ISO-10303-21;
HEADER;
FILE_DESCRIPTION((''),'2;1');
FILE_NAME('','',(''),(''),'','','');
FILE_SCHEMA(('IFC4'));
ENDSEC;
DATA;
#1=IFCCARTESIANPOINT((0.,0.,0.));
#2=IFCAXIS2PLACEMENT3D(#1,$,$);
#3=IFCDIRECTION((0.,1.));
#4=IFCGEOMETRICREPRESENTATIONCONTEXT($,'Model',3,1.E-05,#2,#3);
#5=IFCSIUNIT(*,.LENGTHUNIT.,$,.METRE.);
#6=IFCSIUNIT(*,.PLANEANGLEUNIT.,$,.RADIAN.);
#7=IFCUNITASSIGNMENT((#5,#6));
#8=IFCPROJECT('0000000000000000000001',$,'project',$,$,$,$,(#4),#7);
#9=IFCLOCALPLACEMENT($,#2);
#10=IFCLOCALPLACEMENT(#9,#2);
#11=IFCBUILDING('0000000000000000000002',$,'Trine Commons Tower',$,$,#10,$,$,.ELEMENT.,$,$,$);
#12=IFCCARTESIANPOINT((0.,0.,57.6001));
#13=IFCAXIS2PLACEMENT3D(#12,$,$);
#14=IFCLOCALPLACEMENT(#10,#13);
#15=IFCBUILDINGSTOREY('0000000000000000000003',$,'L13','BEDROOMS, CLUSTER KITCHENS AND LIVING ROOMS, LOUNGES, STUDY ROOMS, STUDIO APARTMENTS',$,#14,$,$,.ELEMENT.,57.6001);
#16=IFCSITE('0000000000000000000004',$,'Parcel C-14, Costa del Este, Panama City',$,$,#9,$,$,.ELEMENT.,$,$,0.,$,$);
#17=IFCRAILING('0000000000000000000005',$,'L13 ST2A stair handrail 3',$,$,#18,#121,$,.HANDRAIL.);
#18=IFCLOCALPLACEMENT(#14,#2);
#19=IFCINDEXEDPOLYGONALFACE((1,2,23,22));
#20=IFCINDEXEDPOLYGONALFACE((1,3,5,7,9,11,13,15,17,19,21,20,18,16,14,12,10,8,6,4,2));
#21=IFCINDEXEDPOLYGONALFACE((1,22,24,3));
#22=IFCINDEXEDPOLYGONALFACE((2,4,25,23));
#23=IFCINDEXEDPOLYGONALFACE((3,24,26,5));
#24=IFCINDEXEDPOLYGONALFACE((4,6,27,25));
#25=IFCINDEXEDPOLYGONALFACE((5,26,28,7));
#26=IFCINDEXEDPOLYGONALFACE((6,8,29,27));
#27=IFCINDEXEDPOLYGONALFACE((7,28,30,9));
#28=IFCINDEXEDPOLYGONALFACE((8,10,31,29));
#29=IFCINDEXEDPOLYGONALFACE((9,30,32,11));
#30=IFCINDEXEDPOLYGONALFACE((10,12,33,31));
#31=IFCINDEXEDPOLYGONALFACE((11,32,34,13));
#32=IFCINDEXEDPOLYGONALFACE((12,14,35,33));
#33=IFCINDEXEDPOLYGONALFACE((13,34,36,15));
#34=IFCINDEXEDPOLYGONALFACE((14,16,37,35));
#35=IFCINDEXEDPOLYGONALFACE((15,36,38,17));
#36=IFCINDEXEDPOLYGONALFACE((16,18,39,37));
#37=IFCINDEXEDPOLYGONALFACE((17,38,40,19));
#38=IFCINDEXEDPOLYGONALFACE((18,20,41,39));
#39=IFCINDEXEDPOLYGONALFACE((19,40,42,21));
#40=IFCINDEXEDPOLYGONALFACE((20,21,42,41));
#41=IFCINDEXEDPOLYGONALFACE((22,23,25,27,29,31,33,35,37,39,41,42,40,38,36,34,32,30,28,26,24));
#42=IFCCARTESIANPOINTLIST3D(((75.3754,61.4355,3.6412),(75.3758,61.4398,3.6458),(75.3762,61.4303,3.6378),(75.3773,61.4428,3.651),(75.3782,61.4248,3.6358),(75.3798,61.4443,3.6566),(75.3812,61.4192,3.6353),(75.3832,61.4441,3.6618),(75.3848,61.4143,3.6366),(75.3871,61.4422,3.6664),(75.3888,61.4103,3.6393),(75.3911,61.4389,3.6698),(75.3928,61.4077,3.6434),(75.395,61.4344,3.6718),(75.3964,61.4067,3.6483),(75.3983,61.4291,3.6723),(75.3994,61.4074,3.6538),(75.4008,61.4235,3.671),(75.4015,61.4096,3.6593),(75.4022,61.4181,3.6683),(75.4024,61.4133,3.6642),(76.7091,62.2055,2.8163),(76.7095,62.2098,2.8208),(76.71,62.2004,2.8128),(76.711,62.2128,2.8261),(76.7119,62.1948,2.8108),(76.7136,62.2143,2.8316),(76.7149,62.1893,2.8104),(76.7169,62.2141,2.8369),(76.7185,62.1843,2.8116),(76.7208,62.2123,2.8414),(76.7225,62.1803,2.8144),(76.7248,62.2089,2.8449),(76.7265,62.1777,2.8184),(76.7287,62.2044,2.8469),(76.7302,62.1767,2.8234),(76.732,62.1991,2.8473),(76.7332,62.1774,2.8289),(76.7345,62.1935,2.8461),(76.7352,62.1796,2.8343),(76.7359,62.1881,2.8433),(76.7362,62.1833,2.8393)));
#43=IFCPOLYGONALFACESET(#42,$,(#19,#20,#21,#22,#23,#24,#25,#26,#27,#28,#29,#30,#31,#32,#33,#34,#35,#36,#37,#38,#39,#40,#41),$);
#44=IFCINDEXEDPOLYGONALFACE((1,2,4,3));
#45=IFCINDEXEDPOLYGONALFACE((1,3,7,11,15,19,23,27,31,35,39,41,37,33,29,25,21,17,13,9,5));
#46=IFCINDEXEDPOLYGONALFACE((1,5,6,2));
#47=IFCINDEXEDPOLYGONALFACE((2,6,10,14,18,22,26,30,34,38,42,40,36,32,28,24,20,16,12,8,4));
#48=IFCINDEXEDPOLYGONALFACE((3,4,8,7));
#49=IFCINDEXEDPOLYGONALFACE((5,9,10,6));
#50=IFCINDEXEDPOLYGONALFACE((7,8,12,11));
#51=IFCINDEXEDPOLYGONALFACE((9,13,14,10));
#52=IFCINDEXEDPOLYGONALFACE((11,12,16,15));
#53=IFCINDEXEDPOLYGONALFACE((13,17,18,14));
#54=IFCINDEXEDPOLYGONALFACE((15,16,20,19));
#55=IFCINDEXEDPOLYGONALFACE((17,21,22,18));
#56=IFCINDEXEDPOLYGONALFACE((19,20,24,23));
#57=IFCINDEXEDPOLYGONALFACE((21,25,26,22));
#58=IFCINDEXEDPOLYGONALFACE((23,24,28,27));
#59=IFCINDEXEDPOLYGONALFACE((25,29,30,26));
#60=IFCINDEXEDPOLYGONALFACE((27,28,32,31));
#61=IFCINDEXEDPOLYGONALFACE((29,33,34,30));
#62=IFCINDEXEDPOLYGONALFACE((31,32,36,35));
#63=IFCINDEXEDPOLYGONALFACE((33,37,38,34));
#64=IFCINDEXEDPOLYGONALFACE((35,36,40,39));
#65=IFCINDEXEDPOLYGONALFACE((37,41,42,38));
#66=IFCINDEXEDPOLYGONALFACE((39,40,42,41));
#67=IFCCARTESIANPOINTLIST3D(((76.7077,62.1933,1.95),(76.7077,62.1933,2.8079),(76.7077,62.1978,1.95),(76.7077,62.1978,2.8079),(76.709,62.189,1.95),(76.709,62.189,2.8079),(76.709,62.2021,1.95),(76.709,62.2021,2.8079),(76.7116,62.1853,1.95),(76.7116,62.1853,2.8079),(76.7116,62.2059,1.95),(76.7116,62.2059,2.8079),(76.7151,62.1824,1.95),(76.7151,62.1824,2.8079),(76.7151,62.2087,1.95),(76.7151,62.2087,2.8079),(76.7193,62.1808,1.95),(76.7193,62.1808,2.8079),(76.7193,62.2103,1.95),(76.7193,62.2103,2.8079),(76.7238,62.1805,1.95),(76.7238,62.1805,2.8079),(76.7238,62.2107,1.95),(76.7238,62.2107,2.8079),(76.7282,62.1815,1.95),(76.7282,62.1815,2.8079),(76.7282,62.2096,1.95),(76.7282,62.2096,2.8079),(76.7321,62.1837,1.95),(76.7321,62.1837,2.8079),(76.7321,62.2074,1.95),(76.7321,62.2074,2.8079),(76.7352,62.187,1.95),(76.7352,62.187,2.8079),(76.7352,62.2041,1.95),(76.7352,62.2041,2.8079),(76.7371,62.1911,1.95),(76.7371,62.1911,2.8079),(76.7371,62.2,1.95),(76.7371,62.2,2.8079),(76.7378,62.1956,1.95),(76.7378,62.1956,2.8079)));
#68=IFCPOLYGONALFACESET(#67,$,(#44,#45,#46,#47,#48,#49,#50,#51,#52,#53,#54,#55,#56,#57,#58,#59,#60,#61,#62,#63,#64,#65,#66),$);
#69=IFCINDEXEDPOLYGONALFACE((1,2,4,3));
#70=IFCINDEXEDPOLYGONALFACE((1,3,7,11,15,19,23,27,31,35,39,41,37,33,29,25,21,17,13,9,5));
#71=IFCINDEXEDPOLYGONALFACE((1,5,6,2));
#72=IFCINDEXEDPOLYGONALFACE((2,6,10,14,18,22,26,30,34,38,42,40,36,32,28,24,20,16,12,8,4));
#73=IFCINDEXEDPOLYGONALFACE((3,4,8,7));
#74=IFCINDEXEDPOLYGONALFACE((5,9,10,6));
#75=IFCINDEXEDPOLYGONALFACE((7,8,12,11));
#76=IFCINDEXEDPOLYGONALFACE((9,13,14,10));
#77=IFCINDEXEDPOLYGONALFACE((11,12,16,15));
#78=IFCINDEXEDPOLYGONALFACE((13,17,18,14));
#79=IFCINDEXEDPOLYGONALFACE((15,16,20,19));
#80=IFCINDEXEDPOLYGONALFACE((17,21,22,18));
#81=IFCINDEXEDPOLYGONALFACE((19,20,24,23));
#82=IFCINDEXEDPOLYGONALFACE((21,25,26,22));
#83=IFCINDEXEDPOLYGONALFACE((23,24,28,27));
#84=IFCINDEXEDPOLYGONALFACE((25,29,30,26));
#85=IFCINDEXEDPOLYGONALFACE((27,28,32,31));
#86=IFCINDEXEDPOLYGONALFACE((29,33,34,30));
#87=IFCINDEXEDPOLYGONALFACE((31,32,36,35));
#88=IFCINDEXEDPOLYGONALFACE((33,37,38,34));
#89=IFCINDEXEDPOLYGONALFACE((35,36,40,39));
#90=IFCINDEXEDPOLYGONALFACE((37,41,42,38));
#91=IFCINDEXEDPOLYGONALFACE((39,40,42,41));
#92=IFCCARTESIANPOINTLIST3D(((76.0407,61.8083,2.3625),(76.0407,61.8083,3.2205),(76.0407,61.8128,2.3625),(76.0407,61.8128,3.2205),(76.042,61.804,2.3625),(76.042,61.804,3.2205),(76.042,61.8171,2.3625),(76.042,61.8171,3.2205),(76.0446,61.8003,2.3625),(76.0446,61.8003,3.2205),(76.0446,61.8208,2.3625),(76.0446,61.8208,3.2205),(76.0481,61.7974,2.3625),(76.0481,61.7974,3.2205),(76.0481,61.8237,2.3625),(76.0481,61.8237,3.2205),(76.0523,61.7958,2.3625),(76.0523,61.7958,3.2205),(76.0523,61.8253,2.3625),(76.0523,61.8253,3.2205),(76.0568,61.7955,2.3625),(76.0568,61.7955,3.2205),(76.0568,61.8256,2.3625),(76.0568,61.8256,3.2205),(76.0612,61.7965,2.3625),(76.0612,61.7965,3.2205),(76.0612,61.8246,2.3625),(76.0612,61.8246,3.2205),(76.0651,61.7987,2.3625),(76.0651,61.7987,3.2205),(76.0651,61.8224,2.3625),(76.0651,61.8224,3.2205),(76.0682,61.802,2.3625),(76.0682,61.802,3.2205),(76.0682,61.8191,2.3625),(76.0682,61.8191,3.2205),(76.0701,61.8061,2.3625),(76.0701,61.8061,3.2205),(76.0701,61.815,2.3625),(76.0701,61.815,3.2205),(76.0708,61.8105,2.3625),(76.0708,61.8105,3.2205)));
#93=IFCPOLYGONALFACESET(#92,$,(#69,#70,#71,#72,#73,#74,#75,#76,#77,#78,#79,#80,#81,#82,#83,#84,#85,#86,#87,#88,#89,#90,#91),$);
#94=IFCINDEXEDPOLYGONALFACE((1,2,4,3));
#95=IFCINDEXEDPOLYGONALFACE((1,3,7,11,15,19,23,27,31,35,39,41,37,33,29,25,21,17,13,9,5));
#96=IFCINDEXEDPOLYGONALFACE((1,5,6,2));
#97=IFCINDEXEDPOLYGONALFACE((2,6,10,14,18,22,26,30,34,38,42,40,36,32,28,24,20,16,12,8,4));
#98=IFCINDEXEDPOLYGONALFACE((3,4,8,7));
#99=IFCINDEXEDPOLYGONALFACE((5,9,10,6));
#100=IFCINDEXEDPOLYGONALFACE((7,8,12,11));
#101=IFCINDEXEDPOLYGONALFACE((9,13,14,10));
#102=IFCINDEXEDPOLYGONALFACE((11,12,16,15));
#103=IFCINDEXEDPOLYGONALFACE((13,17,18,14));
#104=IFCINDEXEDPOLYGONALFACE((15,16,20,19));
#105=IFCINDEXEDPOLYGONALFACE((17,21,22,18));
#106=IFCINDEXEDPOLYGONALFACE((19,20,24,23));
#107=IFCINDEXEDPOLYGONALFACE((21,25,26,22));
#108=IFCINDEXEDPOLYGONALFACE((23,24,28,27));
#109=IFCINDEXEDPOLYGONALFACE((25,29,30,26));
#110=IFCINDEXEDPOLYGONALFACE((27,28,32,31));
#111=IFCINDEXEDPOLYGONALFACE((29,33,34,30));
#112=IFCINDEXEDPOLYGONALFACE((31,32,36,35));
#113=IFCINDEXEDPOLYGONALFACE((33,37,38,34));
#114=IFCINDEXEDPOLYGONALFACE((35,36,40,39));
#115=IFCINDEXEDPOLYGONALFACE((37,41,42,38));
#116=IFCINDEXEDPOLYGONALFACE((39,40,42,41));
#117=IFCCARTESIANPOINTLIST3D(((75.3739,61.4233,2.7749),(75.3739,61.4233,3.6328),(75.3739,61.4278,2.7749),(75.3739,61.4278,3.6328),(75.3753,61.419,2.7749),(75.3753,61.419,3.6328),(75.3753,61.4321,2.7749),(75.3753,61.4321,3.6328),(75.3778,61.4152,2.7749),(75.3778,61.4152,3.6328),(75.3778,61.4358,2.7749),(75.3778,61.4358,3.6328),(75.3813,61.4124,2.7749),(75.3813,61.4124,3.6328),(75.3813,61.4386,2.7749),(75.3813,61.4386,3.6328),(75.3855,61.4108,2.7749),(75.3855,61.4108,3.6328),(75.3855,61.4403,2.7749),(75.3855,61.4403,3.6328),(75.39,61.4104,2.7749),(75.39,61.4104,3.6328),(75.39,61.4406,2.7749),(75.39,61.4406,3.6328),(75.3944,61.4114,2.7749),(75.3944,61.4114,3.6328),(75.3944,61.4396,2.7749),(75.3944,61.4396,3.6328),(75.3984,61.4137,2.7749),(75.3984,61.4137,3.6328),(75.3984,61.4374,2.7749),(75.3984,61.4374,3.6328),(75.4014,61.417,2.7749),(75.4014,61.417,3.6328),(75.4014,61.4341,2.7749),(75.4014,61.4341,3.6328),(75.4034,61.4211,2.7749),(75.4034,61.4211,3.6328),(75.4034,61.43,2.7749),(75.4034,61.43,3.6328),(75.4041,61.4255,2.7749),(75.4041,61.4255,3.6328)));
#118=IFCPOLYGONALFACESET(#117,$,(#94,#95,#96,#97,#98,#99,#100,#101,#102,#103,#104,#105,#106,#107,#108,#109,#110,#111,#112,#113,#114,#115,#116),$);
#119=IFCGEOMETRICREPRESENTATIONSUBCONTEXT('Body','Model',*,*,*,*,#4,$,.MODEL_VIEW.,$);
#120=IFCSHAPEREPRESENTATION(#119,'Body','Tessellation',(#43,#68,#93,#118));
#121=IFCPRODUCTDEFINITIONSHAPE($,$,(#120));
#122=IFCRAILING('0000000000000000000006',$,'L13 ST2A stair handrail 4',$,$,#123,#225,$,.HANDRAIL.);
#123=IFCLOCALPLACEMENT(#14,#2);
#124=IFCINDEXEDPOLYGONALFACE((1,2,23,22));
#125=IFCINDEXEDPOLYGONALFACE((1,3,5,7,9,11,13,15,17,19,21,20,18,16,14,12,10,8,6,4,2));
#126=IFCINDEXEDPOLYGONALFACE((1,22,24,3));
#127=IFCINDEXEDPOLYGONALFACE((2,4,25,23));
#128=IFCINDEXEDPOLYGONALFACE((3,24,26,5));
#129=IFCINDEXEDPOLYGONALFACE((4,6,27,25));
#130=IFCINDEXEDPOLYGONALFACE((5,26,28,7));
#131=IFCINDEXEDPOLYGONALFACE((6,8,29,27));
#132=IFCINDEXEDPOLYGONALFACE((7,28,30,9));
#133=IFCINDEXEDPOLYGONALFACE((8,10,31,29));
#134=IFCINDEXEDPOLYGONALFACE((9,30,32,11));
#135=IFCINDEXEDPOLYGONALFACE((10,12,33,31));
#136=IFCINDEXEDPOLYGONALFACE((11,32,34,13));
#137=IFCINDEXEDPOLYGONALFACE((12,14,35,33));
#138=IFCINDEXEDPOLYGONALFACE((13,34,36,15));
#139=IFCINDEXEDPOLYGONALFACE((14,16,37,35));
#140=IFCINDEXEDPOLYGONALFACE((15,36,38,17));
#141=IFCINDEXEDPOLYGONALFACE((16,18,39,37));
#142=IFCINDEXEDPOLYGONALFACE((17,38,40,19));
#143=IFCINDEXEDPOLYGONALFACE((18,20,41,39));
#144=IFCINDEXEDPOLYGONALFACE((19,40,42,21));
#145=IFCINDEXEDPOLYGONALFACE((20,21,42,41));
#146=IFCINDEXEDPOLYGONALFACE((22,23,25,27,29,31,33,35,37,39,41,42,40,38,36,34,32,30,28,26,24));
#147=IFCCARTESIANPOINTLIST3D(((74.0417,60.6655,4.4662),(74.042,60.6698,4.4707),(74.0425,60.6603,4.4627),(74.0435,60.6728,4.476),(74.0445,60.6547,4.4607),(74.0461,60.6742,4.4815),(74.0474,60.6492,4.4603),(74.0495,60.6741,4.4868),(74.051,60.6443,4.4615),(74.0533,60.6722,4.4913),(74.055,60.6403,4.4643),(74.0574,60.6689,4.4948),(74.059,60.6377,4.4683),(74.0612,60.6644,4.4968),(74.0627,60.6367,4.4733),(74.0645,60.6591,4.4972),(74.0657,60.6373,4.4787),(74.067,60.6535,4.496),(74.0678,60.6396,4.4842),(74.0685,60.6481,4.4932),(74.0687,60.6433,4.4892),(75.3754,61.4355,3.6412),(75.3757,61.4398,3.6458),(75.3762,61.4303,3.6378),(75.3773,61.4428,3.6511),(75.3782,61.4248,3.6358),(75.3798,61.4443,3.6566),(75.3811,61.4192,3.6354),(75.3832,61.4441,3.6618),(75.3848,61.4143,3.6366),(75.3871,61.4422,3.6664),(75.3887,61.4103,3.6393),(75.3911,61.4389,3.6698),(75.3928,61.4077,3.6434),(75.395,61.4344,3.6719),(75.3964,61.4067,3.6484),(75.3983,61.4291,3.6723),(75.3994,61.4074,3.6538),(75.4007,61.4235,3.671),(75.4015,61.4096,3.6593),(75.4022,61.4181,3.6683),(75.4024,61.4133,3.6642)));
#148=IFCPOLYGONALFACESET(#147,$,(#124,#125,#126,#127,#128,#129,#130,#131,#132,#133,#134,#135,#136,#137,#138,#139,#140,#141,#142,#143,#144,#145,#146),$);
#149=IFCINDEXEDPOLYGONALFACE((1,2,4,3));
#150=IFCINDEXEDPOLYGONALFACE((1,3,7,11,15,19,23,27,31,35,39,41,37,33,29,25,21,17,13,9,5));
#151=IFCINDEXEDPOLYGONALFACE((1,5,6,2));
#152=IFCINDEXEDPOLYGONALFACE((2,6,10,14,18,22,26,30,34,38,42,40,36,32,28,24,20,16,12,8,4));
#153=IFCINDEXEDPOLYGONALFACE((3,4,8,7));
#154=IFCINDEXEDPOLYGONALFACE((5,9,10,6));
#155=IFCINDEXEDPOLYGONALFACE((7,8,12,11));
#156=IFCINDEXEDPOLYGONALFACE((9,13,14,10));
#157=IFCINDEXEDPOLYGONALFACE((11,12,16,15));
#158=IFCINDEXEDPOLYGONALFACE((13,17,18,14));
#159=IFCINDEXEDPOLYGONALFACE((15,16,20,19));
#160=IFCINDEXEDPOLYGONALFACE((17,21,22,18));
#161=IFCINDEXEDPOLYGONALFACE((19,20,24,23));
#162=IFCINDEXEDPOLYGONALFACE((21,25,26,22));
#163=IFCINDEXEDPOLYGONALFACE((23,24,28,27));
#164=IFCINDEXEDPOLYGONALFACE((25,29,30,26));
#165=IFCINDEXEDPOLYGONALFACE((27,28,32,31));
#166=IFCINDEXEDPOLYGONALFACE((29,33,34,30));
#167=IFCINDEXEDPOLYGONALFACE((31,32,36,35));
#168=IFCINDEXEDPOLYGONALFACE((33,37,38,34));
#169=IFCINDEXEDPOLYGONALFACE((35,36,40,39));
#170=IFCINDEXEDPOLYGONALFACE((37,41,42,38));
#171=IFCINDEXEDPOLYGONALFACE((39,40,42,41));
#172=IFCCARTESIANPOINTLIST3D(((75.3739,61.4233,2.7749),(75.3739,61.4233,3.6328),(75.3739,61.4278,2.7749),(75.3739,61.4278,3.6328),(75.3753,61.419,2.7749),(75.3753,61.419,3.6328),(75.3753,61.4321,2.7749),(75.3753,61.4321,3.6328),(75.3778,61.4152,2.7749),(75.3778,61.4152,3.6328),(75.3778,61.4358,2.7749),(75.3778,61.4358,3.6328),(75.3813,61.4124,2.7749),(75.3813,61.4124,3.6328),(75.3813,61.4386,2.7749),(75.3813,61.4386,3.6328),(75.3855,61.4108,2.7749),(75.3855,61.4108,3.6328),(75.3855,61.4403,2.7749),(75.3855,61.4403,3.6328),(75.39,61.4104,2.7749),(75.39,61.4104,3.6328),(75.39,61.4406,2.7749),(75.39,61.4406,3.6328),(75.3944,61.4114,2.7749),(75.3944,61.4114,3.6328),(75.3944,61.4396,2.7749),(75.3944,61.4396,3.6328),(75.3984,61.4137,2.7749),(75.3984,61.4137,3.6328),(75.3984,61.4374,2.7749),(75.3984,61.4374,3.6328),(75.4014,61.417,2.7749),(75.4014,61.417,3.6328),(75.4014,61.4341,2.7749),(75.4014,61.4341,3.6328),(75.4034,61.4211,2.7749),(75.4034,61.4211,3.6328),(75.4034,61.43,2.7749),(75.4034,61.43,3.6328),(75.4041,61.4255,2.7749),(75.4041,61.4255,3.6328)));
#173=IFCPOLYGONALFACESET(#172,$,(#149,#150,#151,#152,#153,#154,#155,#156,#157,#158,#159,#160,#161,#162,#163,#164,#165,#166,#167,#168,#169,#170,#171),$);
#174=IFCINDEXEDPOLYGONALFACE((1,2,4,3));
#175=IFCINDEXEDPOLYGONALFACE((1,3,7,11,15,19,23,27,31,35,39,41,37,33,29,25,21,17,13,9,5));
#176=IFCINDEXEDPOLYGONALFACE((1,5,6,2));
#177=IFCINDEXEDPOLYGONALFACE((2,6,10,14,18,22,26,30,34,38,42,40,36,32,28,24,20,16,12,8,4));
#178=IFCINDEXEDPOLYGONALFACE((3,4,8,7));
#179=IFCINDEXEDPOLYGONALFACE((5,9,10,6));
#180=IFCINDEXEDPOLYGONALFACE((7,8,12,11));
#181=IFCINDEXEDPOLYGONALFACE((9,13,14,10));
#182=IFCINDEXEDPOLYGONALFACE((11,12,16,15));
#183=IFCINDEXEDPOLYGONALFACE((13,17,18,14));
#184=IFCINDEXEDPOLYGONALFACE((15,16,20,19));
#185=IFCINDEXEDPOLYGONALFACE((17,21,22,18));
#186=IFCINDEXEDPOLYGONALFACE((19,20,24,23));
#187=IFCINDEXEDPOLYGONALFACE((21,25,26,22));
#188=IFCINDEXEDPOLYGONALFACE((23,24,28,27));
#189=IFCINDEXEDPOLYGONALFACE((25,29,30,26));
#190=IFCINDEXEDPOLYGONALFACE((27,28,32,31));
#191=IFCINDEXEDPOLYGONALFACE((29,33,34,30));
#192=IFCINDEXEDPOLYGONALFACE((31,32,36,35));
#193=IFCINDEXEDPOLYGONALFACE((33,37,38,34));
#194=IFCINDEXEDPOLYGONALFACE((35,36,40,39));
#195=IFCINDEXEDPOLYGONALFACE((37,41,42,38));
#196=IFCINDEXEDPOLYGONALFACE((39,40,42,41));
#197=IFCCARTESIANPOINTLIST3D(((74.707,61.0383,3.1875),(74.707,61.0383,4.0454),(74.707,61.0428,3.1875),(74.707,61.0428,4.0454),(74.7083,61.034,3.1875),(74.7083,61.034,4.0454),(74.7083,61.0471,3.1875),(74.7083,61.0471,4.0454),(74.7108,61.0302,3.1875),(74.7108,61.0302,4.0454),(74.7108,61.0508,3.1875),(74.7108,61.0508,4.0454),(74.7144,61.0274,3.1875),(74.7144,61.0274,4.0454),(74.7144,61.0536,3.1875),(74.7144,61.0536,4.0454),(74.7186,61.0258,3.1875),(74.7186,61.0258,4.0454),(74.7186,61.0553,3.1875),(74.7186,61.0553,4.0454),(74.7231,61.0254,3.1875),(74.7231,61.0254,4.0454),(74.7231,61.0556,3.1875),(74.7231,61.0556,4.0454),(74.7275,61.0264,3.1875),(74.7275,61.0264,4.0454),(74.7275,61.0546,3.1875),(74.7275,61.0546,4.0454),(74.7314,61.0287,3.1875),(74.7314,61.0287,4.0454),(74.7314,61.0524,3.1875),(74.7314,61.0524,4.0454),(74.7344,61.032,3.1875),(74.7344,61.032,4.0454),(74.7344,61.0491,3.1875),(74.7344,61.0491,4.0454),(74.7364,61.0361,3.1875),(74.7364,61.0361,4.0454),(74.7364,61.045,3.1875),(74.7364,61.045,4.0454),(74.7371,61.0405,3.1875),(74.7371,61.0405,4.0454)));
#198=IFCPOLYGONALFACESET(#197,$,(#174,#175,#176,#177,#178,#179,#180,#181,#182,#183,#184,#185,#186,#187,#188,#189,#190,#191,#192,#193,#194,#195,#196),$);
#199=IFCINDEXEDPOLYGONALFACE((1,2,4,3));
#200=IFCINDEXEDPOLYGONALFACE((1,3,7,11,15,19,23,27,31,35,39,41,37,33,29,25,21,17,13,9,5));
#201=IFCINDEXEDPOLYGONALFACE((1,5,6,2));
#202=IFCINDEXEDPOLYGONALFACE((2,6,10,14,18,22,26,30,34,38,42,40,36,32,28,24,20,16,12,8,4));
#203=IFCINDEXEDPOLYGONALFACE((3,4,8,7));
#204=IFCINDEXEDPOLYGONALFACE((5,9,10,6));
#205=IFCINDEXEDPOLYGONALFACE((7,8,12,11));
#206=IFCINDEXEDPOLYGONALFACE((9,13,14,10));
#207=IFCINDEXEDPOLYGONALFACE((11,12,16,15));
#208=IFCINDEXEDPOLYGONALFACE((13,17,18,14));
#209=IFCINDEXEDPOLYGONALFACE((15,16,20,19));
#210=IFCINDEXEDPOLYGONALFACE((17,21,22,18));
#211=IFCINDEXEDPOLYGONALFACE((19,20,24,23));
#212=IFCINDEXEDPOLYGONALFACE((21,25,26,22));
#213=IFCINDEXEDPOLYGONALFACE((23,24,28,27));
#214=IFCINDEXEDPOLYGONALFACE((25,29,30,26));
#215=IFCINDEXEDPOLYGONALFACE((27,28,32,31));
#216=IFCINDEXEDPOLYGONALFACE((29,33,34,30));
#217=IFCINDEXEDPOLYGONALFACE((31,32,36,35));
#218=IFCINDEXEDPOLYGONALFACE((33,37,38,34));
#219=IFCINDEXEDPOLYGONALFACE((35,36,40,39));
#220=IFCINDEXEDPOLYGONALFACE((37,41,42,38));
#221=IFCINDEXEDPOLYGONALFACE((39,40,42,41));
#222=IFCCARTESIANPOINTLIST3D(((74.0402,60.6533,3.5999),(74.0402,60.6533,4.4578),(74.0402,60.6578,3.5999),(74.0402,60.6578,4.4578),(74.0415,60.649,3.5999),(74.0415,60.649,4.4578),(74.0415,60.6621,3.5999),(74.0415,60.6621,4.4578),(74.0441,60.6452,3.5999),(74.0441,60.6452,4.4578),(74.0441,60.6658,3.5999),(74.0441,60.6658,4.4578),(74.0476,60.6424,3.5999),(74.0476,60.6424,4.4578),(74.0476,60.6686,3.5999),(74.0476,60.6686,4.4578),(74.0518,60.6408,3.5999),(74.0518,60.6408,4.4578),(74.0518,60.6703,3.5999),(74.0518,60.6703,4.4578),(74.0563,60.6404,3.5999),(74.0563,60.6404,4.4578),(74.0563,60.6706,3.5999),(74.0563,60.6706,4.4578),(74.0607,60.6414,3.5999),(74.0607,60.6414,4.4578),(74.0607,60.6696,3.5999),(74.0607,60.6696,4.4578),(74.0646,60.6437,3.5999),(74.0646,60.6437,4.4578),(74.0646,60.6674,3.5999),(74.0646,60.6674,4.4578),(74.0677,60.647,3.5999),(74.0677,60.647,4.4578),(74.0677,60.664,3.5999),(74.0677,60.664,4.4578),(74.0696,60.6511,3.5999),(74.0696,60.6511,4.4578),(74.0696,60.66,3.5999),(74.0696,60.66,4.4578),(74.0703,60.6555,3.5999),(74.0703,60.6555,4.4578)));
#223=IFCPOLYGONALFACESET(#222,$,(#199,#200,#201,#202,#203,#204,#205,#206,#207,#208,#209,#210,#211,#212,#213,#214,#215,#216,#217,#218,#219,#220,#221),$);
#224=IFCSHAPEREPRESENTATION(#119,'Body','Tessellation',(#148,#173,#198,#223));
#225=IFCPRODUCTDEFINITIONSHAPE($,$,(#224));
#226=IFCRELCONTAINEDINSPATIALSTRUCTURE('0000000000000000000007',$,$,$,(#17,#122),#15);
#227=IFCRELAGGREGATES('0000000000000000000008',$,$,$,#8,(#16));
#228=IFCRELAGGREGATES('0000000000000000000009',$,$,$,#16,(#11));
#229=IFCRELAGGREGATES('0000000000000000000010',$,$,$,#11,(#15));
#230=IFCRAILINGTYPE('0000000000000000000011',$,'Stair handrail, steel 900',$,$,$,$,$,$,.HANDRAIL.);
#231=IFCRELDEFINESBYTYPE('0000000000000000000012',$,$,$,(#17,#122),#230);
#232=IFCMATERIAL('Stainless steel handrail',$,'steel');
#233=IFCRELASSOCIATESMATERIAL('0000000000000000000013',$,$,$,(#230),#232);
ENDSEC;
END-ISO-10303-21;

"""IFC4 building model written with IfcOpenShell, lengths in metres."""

from ifc_helpers import new_model, si_unit, direction, frame, origin, origin_2d, place, context, subcontext, project, spatial, circle, extrude, material, type_object, element, save


model = new_model("IFC4")

# Units and contexts
model_context = context("Model", 3, precision=1e-05, world=origin(), true_north=direction((0.0, 1.0)))
body_context = subcontext(model_context, "Body", "Model", "MODEL_VIEW")
ifc_project = project(units=[si_unit("LENGTHUNIT", "METRE"), si_unit("PLANEANGLEUNIT", "RADIAN")], contexts=[model_context])

# Site, building, storey
site_placement = place(None, origin())
site = spatial("IfcSite", under=ifc_project, at=site_placement, Name="Parcel C-14, Costa del Este, Panama City", CompositionType="ELEMENT", RefElevation=0.0)
building_placement = place(site_placement, origin())
building = spatial("IfcBuilding", under=site, at=building_placement, Name="Trine Commons Tower", CompositionType="ELEMENT")
storey_placement = place(building_placement, frame((0.0, 0.0, 57.6001)))
storey = spatial("IfcBuildingStorey", under=building, at=storey_placement, Name="L13", Description="BEDROOMS, CLUSTER KITCHENS AND LIVING ROOMS, LOUNGES, STUDY ROOMS, STUDIO APARTMENTS", CompositionType="ELEMENT", Elevation=57.6001)

# Railings
ifc_material_1 = material(Name="Stainless steel handrail", Category="steel")
railing_type = type_object("IfcRailingType", Name="Stair handrail, steel 900", PredefinedType="HANDRAIL", material=ifc_material_1)
for number, where, name in (
    (1, (76.7227, 62.1956, 1.95), "L13 ST2A stair handrail 3"),
    (2, (75.3889, 61.4255, 2.7749), "L13 ST2A stair handrail 4"),
):
    element("IfcRailing", number, at=place(storey_placement, frame(where)), inside=storey, type_object=railing_type, Name=name, PredefinedType="HANDRAIL", context=body_context, shape_type="SweptSolid", body=[
        extrude(circle(Radius=0.021, at=origin_2d()), frame((0.0, 0.0, 0.8789), z_axis=(-0.763405, -0.440743, 0.472185), x_axis=(0.499992, -0.86603, 0.0)), (0.0, 0.0, 1.0), 1.7471),
        extrude(circle(Radius=0.0151, at=origin_2d()), origin(), (0.0, 0.0, 1.0), 0.8579),
        extrude(circle(Radius=0.0151, at=origin_2d()), frame((-0.667, -0.385, 0.4126)), (0.0, 0.0, 1.0), 0.8579),
        extrude(circle(Radius=0.0151, at=origin_2d()), frame((-1.3337, -0.77, 0.825)), (0.0, 0.0, 1.0), 0.8579),
    ])

save(model, "model.ifc")
